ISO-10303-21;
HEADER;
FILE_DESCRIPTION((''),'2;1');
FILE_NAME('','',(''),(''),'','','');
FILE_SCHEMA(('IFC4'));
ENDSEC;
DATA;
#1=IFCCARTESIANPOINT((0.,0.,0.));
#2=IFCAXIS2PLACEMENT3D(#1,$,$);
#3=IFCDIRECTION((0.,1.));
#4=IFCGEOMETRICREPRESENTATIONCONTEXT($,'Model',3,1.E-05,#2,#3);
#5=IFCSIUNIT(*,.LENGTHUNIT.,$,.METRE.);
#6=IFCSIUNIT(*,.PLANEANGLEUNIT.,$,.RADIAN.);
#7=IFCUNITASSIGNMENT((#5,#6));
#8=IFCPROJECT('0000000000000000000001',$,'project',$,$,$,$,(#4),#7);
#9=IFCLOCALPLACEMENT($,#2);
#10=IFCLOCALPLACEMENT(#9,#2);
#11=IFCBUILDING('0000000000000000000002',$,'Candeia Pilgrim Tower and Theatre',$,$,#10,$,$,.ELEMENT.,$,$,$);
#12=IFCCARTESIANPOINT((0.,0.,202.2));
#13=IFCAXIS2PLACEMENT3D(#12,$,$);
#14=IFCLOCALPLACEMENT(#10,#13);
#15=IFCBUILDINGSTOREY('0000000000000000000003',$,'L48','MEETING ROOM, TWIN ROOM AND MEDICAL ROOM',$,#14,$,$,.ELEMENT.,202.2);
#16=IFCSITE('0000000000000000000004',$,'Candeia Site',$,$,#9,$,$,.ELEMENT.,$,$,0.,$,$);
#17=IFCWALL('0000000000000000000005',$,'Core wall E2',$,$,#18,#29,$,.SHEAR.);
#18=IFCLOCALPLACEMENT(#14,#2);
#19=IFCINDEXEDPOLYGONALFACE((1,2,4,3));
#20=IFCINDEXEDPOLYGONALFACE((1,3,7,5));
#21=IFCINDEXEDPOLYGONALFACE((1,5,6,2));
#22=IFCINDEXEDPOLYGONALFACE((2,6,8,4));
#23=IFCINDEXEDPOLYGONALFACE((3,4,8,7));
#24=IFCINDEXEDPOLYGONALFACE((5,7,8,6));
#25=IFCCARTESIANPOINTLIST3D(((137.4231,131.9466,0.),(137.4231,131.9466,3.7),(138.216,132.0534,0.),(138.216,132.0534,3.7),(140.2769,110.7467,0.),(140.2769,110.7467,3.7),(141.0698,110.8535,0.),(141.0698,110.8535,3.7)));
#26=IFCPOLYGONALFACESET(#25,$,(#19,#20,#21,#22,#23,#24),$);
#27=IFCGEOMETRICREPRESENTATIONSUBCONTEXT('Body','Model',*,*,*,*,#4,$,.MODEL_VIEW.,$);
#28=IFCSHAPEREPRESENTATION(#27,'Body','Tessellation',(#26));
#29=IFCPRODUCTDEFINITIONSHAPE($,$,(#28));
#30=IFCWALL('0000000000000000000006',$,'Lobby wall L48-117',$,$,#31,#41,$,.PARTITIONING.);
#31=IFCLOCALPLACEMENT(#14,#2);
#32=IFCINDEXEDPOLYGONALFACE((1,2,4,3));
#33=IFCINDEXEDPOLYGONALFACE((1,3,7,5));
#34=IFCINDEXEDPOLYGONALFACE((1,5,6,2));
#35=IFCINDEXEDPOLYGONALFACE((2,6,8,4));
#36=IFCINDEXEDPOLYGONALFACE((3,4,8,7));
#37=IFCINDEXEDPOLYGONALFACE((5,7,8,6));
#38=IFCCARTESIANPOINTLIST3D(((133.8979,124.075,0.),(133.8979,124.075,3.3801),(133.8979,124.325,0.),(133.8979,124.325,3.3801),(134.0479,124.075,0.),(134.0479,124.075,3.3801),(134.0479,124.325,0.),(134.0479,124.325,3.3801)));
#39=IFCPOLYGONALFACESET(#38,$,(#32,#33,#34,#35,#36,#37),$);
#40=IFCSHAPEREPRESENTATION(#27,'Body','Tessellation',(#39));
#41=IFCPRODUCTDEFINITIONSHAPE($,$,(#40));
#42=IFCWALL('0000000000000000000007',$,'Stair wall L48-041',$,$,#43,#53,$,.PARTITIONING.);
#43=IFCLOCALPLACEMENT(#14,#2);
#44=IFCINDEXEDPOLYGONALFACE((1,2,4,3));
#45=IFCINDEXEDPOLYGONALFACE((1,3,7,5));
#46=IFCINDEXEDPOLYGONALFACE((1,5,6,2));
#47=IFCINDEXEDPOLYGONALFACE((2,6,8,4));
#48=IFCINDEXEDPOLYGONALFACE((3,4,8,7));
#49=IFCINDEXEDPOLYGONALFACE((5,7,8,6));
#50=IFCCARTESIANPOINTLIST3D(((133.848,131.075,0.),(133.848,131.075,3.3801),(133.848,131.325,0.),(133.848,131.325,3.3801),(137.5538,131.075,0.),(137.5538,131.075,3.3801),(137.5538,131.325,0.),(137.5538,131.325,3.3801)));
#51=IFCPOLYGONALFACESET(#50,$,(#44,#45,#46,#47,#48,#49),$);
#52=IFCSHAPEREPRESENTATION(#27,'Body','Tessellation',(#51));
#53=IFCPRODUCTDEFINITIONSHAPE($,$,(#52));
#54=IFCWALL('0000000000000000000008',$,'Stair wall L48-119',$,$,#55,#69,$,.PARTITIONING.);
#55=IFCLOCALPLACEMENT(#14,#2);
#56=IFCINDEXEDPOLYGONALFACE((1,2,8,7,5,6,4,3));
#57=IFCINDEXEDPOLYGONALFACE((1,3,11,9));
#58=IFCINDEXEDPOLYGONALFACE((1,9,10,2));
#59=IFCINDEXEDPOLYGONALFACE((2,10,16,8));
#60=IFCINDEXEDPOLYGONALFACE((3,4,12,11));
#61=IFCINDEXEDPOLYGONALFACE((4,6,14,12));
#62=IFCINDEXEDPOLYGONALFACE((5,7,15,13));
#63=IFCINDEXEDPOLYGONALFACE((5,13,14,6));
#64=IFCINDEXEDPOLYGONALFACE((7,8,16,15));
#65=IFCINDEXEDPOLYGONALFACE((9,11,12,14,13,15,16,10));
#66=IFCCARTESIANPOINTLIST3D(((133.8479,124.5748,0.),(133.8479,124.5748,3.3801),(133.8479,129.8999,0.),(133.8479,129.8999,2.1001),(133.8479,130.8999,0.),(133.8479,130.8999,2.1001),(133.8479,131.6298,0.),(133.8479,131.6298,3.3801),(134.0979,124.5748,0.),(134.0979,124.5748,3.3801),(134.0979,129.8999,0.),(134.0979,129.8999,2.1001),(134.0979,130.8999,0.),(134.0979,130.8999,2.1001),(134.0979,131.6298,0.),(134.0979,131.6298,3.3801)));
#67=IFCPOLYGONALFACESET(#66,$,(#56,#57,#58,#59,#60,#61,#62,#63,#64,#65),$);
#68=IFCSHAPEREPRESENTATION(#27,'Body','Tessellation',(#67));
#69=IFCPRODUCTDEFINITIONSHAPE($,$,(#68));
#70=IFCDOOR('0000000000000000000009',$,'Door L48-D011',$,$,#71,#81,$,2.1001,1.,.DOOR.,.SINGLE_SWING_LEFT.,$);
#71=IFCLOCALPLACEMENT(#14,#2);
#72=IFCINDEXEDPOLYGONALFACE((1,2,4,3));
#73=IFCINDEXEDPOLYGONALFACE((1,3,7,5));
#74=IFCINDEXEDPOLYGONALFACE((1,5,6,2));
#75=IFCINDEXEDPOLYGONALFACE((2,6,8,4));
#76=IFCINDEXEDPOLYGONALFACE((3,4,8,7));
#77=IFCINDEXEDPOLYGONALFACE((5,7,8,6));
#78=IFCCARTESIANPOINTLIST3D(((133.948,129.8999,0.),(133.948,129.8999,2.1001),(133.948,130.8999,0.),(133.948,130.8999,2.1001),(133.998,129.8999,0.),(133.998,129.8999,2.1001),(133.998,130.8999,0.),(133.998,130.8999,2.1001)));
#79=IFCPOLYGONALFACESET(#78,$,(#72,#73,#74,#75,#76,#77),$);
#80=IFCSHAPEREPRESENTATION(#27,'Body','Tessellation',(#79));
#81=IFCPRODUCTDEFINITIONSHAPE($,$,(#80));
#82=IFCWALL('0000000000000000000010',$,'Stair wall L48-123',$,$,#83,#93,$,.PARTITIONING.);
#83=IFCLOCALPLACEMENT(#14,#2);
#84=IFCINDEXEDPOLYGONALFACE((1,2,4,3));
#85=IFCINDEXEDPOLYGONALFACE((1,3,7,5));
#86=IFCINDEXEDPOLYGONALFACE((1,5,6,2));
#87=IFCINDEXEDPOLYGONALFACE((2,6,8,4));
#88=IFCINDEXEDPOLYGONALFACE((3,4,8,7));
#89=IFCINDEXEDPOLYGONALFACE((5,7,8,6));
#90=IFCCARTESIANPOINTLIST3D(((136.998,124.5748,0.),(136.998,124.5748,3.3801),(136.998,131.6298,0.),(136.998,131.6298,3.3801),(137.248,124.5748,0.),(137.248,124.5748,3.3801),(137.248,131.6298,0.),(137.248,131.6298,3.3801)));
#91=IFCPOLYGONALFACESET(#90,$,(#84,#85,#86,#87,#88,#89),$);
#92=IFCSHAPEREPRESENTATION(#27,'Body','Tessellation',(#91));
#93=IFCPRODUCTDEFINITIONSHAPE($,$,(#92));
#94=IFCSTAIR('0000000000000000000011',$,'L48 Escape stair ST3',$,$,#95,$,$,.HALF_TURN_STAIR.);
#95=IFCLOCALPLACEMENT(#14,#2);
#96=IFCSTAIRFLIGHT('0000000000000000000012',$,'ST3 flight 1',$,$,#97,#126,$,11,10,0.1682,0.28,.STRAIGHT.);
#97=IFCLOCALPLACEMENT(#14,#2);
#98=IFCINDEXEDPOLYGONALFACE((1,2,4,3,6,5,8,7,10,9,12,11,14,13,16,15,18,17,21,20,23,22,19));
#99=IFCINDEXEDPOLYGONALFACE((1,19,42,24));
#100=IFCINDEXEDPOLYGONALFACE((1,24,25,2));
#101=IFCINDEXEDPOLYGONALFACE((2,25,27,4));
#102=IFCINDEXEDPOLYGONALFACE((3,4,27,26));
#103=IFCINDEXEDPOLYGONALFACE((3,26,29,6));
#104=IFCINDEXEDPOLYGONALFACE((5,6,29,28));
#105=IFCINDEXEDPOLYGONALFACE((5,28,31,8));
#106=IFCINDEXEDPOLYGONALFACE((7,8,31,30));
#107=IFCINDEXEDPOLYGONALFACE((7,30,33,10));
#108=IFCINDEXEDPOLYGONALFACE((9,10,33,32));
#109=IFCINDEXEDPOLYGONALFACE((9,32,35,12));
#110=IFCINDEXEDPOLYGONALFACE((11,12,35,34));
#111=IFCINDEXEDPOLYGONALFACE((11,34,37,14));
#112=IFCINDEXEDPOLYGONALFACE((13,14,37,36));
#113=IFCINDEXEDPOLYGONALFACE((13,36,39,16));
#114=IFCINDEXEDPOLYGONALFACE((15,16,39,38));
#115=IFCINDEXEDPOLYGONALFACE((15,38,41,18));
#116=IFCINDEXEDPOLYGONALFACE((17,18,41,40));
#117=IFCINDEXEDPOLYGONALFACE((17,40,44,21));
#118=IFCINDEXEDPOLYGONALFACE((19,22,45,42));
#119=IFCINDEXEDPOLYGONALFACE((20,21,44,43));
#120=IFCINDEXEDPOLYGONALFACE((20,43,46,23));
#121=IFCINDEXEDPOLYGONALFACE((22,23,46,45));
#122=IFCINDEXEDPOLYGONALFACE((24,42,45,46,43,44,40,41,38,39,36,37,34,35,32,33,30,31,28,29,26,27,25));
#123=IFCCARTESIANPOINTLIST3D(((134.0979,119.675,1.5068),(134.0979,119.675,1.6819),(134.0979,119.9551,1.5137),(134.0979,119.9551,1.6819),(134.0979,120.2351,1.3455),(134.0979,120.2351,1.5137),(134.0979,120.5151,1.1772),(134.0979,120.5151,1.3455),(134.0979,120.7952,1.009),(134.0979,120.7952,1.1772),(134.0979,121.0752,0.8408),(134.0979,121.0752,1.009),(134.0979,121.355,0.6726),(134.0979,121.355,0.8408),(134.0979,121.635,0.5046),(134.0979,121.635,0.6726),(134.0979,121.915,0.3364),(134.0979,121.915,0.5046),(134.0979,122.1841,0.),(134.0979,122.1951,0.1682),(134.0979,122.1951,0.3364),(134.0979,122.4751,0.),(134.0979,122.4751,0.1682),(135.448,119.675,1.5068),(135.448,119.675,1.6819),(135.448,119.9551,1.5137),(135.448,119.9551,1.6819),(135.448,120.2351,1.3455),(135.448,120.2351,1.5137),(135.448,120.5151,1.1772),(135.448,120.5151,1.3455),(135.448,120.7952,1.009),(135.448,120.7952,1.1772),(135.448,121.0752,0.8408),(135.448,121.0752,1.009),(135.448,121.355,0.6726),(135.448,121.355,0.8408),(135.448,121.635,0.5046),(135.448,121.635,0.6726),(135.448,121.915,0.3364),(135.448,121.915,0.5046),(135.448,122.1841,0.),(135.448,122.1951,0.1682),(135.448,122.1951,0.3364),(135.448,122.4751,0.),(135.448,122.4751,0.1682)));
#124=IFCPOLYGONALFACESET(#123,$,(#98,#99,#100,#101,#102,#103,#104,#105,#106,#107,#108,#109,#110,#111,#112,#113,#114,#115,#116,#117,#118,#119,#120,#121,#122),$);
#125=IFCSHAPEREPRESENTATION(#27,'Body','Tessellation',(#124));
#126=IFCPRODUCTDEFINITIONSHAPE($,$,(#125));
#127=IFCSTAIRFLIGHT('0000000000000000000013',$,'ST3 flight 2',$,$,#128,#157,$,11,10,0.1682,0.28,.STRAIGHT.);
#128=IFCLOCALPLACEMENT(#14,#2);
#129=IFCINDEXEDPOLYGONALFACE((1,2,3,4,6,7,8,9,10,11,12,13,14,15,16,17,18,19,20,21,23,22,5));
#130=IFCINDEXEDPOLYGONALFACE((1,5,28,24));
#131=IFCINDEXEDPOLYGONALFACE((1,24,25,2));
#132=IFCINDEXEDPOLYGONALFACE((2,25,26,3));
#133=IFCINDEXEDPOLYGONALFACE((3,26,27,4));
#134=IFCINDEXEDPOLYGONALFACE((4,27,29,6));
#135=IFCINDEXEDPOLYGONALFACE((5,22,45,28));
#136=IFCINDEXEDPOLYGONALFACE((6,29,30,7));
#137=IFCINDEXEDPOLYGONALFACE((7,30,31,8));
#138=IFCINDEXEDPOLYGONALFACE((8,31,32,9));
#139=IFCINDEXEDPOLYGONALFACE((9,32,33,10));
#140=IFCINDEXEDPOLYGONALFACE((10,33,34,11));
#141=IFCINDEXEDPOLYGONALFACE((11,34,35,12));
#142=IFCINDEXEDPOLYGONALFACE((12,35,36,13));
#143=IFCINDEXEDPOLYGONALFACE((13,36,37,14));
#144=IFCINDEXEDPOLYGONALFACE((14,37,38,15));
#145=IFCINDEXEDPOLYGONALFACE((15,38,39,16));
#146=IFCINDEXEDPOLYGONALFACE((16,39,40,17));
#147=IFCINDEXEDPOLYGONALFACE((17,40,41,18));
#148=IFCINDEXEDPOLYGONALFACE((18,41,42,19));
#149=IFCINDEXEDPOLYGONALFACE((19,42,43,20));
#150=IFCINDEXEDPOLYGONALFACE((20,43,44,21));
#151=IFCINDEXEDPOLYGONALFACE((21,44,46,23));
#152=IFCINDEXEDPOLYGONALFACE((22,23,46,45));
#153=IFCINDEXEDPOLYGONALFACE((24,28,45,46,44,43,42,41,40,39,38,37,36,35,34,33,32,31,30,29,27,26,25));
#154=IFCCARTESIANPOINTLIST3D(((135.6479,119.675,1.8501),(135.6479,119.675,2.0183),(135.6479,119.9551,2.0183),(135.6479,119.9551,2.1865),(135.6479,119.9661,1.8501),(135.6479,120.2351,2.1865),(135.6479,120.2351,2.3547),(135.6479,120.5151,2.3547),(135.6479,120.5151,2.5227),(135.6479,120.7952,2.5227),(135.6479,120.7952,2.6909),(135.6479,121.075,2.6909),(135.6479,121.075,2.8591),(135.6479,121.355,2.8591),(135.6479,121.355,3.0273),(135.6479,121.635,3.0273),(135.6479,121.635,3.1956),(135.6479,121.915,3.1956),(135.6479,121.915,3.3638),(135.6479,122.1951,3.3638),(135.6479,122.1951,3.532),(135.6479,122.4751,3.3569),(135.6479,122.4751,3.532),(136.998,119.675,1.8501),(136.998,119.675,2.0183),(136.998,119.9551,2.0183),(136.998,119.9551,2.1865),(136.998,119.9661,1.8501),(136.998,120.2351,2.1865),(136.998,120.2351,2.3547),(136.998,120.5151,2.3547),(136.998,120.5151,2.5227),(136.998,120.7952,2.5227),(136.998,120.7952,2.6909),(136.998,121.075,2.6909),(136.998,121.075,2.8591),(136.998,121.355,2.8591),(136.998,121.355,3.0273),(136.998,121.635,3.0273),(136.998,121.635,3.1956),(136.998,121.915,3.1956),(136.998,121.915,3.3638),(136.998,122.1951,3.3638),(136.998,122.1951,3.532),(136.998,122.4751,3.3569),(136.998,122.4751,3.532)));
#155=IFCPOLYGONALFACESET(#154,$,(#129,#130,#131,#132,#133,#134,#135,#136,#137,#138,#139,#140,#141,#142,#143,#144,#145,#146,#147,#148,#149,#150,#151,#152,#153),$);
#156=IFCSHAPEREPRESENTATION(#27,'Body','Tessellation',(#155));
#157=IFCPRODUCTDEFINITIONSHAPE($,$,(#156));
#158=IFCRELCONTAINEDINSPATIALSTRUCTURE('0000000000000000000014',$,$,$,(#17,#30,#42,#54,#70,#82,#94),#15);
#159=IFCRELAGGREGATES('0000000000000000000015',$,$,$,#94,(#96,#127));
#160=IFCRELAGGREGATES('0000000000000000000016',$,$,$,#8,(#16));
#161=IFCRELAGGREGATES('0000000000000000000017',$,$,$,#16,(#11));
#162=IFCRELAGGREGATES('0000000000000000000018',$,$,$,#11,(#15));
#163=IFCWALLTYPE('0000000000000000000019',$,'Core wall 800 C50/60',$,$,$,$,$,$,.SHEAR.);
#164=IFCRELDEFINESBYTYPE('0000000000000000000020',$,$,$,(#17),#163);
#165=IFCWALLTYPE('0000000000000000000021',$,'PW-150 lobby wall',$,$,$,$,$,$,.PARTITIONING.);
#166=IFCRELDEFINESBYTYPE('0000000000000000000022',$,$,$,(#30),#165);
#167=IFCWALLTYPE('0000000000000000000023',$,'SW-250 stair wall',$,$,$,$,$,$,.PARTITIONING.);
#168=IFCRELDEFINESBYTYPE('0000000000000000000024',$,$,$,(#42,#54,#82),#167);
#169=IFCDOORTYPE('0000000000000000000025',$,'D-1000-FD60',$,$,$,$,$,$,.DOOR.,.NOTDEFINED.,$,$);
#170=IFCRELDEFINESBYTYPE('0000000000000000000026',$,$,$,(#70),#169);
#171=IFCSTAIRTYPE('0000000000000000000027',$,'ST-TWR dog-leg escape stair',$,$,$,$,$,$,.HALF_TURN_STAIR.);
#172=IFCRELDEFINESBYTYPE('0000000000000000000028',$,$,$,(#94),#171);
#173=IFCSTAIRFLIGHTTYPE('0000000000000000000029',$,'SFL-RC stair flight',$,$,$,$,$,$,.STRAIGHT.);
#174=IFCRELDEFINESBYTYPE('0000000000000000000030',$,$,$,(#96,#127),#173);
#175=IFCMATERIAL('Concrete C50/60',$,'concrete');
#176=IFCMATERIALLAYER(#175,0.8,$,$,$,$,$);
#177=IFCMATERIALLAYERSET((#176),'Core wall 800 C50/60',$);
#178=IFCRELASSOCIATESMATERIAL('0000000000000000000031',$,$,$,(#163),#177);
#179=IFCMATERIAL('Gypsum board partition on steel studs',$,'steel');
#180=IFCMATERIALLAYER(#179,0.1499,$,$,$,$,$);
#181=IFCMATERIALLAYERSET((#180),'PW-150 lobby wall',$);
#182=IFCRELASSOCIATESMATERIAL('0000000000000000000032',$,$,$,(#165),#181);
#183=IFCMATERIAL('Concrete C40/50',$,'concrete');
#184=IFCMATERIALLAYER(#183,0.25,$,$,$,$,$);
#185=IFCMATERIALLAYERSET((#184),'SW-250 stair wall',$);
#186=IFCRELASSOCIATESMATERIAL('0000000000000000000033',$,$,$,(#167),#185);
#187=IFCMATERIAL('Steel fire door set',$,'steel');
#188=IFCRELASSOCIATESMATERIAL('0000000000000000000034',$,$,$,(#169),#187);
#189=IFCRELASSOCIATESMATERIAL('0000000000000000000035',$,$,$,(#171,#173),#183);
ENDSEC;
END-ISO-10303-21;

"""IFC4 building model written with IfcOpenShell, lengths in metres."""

from ifc_helpers import new_model, si_unit, direction, frame, frame_2d, origin, place, context, subcontext, project, spatial, polyline, rectangle, outline, extrude, material, layer, layer_set, type_object, element, fill, aggregate, save


model = new_model("IFC4")

# Units and contexts
model_context = context("Model", 3, precision=1e-05, world=origin(), true_north=direction((0.0, 1.0)))
body_context = subcontext(model_context, "Body", "Model", "MODEL_VIEW")
ifc_project = project(units=[si_unit("LENGTHUNIT", "METRE"), si_unit("PLANEANGLEUNIT", "RADIAN")], contexts=[model_context])

# Site, building, storey
site_placement = place(None, origin())
site = spatial("IfcSite", under=ifc_project, at=site_placement, Name="Candeia Site", CompositionType="ELEMENT", RefElevation=0.0)
building_placement = place(site_placement, origin())
building = spatial("IfcBuilding", under=site, at=building_placement, Name="Candeia Pilgrim Tower and Theatre", CompositionType="ELEMENT")
storey_placement = place(building_placement, frame((0.0, 0.0, 202.2)))
storey = spatial("IfcBuildingStorey", under=building, at=storey_placement, Name="L48", Description="MEETING ROOM, TWIN ROOM AND MEDICAL ROOM", CompositionType="ELEMENT", Elevation=202.2)

# Wall
ifc_material_1 = material(Name="Concrete C50/60", Category="concrete")
ifc_layer_1 = layer(ifc_material_1, 0.8)
ifc_layer_set_1 = layer_set([ifc_layer_1], Name="Core wall 800 C50/60")
wall_type_1 = type_object("IfcWallType", Name="Core wall 800 C50/60", PredefinedType="SHEAR", material=ifc_layer_set_1)
wall_1_placement = place(storey_placement, frame((137.8196, 132.0, 0.0), z_axis=(0.0, 0.0, 1.0), x_axis=(0.133408, -0.991061, 0.0)))
element("IfcWall", 1, at=wall_1_placement, inside=storey, type_object=wall_type_1, Name="Core wall E2", PredefinedType="SHEAR", context=body_context, shape_type="SweptSolid", body=[
    extrude(rectangle(XDim=21.3911, YDim=0.8, at=frame_2d((10.6956, 0.0))), origin(), (0.0, 0.0, 1.0), 3.7),
])

# Walls
ifc_material_2 = material(Name="Gypsum board partition on steel studs", Category="steel")
ifc_layer_2 = layer(ifc_material_2, 0.1499)
ifc_layer_set_2 = layer_set([ifc_layer_2], Name="PW-150 lobby wall")
wall_type_2 = type_object("IfcWallType", Name="PW-150 lobby wall", PredefinedType="PARTITIONING", material=ifc_layer_set_2)
wall_2_placement = place(storey_placement, frame((133.9729, 124.075, 0.0), z_axis=(0.0, 0.0, 1.0), x_axis=(0.0, 1.0, 0.0)))
element("IfcWall", 2, at=wall_2_placement, inside=storey, type_object=wall_type_2, Name="Lobby wall L48-117", PredefinedType="PARTITIONING", context=body_context, shape_type="SweptSolid", body=[
    extrude(rectangle(XDim=0.25, YDim=0.1499, at=frame_2d((0.125, 0.0))), origin(), (0.0, 0.0, 1.0), 3.3801),
])
ifc_material_3 = material(Name="Concrete C40/50", Category="concrete")
ifc_layer_3 = layer(ifc_material_3, 0.25)
ifc_layer_set_3 = layer_set([ifc_layer_3], Name="SW-250 stair wall")
wall_type_3 = type_object("IfcWallType", Name="SW-250 stair wall", PredefinedType="PARTITIONING", material=ifc_layer_set_3)
wall_3_placement = place(storey_placement, frame((133.8479, 131.2, 0.0), z_axis=(0.0, 0.0, 1.0), x_axis=(1.0, 0.0, 0.0)))
element("IfcWall", 3, at=wall_3_placement, inside=storey, type_object=wall_type_3, Name="Stair wall L48-041", PredefinedType="PARTITIONING", context=body_context, shape_type="SweptSolid", body=[
    extrude(rectangle(XDim=3.7058, YDim=0.25, at=frame_2d((1.853, 0.0))), origin(), (0.0, 0.0, 1.0), 3.3801),
])

# Wall, opening, door
wall_4_placement = place(storey_placement, frame((133.9729, 124.575, 0.0), z_axis=(0.0, 0.0, 1.0), x_axis=(0.0, 1.0, 0.0)))
wall_4 = element("IfcWall", 4, at=wall_4_placement, inside=storey, type_object=wall_type_3, Name="Stair wall L48-119", PredefinedType="PARTITIONING", context=body_context, shape_type="SweptSolid", body=[
    extrude(rectangle(XDim=7.0549, YDim=0.25, at=frame_2d((3.5273, 0.0))), origin(), (0.0, 0.0, 1.0), 3.3801),
])
opening_1_placement = place(wall_4_placement, frame((5.325, 0.0, 0.0)))
opening_1 = element("IfcOpeningElement", 5, at=opening_1_placement, cuts=wall_4, PredefinedType="OPENING", context=body_context, shape_type="SweptSolid", body=[
    extrude(rectangle(XDim=1.0, YDim=2.1001, at=frame_2d((0.5, 1.05))), frame((0.0, 0.135, 0.0), z_axis=(0.0, -1.0, 0.0), x_axis=(1.0, 0.0, 0.0)), (0.0, 0.0, 1.0), 0.27),
])
ifc_material_4 = material(Name="Steel fire door set", Category="steel")
door_type_1 = type_object("IfcDoorType", Name="D-1000-FD60", OperationType="NOTDEFINED", PredefinedType="DOOR", material=ifc_material_4)
door_1_placement = place(opening_1_placement, origin())
door_1 = element("IfcDoor", 6, at=door_1_placement, inside=storey, type_object=door_type_1, Name="Door L48-D011", OperationType="SINGLE_SWING_LEFT", OverallHeight=2.1001, OverallWidth=1.0, PredefinedType="DOOR", context=body_context, shape_type="SweptSolid", body=[
    extrude(rectangle(XDim=1.0, YDim=2.1001, at=frame_2d((0.5, 1.05))), frame((0.0, 0.0249, 0.0), z_axis=(0.0, -1.0, 0.0), x_axis=(1.0, 0.0, 0.0)), (0.0, 0.0, 1.0), 0.05),
])
fill(opening_1, door_1)

# Wall
wall_5_placement = place(storey_placement, frame((137.123, 124.575, 0.0), z_axis=(0.0, 0.0, 1.0), x_axis=(0.0, 1.0, 0.0)))
element("IfcWall", 7, at=wall_5_placement, inside=storey, type_object=wall_type_3, Name="Stair wall L48-123", PredefinedType="PARTITIONING", context=body_context, shape_type="SweptSolid", body=[
    extrude(rectangle(XDim=7.0549, YDim=0.25, at=frame_2d((3.5273, 0.0))), origin(), (0.0, 0.0, 1.0), 3.3801),
])

# Stair, stair flights
stair_type = type_object("IfcStairType", Name="ST-TWR dog-leg escape stair", PredefinedType="HALF_TURN_STAIR", material=ifc_material_3)
stair_1_placement = place(storey_placement, origin())
stair_1 = element("IfcStair", 8, at=stair_1_placement, inside=storey, type_object=stair_type, Name="L48 Escape stair ST3", PredefinedType="HALF_TURN_STAIR")
stair_flight_type = type_object("IfcStairFlightType", Name="SFL-RC stair flight", PredefinedType="STRAIGHT", material=ifc_material_3)
stair_flight_1_placement = place(storey_placement, frame((134.7729, 122.4751, 0.0), z_axis=(0.0, 0.0, 1.0), x_axis=(0.0, -1.0, 0.0)))
stair_flight_1 = element("IfcStairFlight", 9, at=stair_flight_1_placement, type_object=stair_flight_type, Name="ST3 flight 1", NumberOfRisers=11, NumberOfTreads=10, PredefinedType="STRAIGHT", RiserHeight=0.1682, TreadLength=0.28, context=body_context, shape_type="SweptSolid", body=[
    extrude(outline(polyline([(0.0, 0.0), (0.0, 0.1682), (0.28, 0.1682), (0.28, 0.3364), (0.5601, 0.3364), (0.5601, 0.5046), (0.8401, 0.5046), (0.8401, 0.6726), (1.1201, 0.6726), (1.1201, 0.8408), (1.3999, 0.8408), (1.3999, 1.009), (1.6799, 1.009), (1.6799, 1.1772), (1.96, 1.1772), (1.96, 1.3455), (2.24, 1.3455), (2.24, 1.5137), (2.52, 1.5137), (2.52, 1.6819), (2.8, 1.6819), (2.8, 1.8501), (2.8, 1.5068), (0.291, 0.0), (0.0, 0.0)])), frame((0.0, 0.675, 0.0), z_axis=(0.0, -1.0, 0.0), x_axis=(1.0, 0.0, 0.0)), (0.0, 0.0, 1.0), 1.3501),
])
stair_flight_2_placement = place(storey_placement, frame((136.323, 119.675, 1.8501), z_axis=(0.0, 0.0, 1.0), x_axis=(0.0, 1.0, 0.0)))
stair_flight_2 = element("IfcStairFlight", 10, at=stair_flight_2_placement, type_object=stair_flight_type, Name="ST3 flight 2", NumberOfRisers=11, NumberOfTreads=10, PredefinedType="STRAIGHT", RiserHeight=0.1682, TreadLength=0.28, context=body_context, shape_type="SweptSolid", body=[
    extrude(outline(polyline([(0.0, 0.0), (0.0, 0.1682), (0.28, 0.1682), (0.28, 0.3364), (0.5601, 0.3364), (0.5601, 0.5046), (0.8401, 0.5046), (0.8401, 0.6726), (1.1201, 0.6726), (1.1201, 0.8408), (1.3999, 0.8408), (1.3999, 1.009), (1.6799, 1.009), (1.6799, 1.1772), (1.96, 1.1772), (1.96, 1.3455), (2.24, 1.3455), (2.24, 1.5137), (2.52, 1.5137), (2.52, 1.6819), (2.8, 1.6819), (2.8, 1.8501), (2.8, 1.5068), (0.291, 0.0), (0.0, 0.0)])), frame((0.0, 0.675, 0.0), z_axis=(0.0, -1.0, 0.0), x_axis=(1.0, 0.0, 0.0)), (0.0, 0.0, 1.0), 1.3501),
])
aggregate(stair_1, [stair_flight_1, stair_flight_2])

save(model, "model.ifc")
